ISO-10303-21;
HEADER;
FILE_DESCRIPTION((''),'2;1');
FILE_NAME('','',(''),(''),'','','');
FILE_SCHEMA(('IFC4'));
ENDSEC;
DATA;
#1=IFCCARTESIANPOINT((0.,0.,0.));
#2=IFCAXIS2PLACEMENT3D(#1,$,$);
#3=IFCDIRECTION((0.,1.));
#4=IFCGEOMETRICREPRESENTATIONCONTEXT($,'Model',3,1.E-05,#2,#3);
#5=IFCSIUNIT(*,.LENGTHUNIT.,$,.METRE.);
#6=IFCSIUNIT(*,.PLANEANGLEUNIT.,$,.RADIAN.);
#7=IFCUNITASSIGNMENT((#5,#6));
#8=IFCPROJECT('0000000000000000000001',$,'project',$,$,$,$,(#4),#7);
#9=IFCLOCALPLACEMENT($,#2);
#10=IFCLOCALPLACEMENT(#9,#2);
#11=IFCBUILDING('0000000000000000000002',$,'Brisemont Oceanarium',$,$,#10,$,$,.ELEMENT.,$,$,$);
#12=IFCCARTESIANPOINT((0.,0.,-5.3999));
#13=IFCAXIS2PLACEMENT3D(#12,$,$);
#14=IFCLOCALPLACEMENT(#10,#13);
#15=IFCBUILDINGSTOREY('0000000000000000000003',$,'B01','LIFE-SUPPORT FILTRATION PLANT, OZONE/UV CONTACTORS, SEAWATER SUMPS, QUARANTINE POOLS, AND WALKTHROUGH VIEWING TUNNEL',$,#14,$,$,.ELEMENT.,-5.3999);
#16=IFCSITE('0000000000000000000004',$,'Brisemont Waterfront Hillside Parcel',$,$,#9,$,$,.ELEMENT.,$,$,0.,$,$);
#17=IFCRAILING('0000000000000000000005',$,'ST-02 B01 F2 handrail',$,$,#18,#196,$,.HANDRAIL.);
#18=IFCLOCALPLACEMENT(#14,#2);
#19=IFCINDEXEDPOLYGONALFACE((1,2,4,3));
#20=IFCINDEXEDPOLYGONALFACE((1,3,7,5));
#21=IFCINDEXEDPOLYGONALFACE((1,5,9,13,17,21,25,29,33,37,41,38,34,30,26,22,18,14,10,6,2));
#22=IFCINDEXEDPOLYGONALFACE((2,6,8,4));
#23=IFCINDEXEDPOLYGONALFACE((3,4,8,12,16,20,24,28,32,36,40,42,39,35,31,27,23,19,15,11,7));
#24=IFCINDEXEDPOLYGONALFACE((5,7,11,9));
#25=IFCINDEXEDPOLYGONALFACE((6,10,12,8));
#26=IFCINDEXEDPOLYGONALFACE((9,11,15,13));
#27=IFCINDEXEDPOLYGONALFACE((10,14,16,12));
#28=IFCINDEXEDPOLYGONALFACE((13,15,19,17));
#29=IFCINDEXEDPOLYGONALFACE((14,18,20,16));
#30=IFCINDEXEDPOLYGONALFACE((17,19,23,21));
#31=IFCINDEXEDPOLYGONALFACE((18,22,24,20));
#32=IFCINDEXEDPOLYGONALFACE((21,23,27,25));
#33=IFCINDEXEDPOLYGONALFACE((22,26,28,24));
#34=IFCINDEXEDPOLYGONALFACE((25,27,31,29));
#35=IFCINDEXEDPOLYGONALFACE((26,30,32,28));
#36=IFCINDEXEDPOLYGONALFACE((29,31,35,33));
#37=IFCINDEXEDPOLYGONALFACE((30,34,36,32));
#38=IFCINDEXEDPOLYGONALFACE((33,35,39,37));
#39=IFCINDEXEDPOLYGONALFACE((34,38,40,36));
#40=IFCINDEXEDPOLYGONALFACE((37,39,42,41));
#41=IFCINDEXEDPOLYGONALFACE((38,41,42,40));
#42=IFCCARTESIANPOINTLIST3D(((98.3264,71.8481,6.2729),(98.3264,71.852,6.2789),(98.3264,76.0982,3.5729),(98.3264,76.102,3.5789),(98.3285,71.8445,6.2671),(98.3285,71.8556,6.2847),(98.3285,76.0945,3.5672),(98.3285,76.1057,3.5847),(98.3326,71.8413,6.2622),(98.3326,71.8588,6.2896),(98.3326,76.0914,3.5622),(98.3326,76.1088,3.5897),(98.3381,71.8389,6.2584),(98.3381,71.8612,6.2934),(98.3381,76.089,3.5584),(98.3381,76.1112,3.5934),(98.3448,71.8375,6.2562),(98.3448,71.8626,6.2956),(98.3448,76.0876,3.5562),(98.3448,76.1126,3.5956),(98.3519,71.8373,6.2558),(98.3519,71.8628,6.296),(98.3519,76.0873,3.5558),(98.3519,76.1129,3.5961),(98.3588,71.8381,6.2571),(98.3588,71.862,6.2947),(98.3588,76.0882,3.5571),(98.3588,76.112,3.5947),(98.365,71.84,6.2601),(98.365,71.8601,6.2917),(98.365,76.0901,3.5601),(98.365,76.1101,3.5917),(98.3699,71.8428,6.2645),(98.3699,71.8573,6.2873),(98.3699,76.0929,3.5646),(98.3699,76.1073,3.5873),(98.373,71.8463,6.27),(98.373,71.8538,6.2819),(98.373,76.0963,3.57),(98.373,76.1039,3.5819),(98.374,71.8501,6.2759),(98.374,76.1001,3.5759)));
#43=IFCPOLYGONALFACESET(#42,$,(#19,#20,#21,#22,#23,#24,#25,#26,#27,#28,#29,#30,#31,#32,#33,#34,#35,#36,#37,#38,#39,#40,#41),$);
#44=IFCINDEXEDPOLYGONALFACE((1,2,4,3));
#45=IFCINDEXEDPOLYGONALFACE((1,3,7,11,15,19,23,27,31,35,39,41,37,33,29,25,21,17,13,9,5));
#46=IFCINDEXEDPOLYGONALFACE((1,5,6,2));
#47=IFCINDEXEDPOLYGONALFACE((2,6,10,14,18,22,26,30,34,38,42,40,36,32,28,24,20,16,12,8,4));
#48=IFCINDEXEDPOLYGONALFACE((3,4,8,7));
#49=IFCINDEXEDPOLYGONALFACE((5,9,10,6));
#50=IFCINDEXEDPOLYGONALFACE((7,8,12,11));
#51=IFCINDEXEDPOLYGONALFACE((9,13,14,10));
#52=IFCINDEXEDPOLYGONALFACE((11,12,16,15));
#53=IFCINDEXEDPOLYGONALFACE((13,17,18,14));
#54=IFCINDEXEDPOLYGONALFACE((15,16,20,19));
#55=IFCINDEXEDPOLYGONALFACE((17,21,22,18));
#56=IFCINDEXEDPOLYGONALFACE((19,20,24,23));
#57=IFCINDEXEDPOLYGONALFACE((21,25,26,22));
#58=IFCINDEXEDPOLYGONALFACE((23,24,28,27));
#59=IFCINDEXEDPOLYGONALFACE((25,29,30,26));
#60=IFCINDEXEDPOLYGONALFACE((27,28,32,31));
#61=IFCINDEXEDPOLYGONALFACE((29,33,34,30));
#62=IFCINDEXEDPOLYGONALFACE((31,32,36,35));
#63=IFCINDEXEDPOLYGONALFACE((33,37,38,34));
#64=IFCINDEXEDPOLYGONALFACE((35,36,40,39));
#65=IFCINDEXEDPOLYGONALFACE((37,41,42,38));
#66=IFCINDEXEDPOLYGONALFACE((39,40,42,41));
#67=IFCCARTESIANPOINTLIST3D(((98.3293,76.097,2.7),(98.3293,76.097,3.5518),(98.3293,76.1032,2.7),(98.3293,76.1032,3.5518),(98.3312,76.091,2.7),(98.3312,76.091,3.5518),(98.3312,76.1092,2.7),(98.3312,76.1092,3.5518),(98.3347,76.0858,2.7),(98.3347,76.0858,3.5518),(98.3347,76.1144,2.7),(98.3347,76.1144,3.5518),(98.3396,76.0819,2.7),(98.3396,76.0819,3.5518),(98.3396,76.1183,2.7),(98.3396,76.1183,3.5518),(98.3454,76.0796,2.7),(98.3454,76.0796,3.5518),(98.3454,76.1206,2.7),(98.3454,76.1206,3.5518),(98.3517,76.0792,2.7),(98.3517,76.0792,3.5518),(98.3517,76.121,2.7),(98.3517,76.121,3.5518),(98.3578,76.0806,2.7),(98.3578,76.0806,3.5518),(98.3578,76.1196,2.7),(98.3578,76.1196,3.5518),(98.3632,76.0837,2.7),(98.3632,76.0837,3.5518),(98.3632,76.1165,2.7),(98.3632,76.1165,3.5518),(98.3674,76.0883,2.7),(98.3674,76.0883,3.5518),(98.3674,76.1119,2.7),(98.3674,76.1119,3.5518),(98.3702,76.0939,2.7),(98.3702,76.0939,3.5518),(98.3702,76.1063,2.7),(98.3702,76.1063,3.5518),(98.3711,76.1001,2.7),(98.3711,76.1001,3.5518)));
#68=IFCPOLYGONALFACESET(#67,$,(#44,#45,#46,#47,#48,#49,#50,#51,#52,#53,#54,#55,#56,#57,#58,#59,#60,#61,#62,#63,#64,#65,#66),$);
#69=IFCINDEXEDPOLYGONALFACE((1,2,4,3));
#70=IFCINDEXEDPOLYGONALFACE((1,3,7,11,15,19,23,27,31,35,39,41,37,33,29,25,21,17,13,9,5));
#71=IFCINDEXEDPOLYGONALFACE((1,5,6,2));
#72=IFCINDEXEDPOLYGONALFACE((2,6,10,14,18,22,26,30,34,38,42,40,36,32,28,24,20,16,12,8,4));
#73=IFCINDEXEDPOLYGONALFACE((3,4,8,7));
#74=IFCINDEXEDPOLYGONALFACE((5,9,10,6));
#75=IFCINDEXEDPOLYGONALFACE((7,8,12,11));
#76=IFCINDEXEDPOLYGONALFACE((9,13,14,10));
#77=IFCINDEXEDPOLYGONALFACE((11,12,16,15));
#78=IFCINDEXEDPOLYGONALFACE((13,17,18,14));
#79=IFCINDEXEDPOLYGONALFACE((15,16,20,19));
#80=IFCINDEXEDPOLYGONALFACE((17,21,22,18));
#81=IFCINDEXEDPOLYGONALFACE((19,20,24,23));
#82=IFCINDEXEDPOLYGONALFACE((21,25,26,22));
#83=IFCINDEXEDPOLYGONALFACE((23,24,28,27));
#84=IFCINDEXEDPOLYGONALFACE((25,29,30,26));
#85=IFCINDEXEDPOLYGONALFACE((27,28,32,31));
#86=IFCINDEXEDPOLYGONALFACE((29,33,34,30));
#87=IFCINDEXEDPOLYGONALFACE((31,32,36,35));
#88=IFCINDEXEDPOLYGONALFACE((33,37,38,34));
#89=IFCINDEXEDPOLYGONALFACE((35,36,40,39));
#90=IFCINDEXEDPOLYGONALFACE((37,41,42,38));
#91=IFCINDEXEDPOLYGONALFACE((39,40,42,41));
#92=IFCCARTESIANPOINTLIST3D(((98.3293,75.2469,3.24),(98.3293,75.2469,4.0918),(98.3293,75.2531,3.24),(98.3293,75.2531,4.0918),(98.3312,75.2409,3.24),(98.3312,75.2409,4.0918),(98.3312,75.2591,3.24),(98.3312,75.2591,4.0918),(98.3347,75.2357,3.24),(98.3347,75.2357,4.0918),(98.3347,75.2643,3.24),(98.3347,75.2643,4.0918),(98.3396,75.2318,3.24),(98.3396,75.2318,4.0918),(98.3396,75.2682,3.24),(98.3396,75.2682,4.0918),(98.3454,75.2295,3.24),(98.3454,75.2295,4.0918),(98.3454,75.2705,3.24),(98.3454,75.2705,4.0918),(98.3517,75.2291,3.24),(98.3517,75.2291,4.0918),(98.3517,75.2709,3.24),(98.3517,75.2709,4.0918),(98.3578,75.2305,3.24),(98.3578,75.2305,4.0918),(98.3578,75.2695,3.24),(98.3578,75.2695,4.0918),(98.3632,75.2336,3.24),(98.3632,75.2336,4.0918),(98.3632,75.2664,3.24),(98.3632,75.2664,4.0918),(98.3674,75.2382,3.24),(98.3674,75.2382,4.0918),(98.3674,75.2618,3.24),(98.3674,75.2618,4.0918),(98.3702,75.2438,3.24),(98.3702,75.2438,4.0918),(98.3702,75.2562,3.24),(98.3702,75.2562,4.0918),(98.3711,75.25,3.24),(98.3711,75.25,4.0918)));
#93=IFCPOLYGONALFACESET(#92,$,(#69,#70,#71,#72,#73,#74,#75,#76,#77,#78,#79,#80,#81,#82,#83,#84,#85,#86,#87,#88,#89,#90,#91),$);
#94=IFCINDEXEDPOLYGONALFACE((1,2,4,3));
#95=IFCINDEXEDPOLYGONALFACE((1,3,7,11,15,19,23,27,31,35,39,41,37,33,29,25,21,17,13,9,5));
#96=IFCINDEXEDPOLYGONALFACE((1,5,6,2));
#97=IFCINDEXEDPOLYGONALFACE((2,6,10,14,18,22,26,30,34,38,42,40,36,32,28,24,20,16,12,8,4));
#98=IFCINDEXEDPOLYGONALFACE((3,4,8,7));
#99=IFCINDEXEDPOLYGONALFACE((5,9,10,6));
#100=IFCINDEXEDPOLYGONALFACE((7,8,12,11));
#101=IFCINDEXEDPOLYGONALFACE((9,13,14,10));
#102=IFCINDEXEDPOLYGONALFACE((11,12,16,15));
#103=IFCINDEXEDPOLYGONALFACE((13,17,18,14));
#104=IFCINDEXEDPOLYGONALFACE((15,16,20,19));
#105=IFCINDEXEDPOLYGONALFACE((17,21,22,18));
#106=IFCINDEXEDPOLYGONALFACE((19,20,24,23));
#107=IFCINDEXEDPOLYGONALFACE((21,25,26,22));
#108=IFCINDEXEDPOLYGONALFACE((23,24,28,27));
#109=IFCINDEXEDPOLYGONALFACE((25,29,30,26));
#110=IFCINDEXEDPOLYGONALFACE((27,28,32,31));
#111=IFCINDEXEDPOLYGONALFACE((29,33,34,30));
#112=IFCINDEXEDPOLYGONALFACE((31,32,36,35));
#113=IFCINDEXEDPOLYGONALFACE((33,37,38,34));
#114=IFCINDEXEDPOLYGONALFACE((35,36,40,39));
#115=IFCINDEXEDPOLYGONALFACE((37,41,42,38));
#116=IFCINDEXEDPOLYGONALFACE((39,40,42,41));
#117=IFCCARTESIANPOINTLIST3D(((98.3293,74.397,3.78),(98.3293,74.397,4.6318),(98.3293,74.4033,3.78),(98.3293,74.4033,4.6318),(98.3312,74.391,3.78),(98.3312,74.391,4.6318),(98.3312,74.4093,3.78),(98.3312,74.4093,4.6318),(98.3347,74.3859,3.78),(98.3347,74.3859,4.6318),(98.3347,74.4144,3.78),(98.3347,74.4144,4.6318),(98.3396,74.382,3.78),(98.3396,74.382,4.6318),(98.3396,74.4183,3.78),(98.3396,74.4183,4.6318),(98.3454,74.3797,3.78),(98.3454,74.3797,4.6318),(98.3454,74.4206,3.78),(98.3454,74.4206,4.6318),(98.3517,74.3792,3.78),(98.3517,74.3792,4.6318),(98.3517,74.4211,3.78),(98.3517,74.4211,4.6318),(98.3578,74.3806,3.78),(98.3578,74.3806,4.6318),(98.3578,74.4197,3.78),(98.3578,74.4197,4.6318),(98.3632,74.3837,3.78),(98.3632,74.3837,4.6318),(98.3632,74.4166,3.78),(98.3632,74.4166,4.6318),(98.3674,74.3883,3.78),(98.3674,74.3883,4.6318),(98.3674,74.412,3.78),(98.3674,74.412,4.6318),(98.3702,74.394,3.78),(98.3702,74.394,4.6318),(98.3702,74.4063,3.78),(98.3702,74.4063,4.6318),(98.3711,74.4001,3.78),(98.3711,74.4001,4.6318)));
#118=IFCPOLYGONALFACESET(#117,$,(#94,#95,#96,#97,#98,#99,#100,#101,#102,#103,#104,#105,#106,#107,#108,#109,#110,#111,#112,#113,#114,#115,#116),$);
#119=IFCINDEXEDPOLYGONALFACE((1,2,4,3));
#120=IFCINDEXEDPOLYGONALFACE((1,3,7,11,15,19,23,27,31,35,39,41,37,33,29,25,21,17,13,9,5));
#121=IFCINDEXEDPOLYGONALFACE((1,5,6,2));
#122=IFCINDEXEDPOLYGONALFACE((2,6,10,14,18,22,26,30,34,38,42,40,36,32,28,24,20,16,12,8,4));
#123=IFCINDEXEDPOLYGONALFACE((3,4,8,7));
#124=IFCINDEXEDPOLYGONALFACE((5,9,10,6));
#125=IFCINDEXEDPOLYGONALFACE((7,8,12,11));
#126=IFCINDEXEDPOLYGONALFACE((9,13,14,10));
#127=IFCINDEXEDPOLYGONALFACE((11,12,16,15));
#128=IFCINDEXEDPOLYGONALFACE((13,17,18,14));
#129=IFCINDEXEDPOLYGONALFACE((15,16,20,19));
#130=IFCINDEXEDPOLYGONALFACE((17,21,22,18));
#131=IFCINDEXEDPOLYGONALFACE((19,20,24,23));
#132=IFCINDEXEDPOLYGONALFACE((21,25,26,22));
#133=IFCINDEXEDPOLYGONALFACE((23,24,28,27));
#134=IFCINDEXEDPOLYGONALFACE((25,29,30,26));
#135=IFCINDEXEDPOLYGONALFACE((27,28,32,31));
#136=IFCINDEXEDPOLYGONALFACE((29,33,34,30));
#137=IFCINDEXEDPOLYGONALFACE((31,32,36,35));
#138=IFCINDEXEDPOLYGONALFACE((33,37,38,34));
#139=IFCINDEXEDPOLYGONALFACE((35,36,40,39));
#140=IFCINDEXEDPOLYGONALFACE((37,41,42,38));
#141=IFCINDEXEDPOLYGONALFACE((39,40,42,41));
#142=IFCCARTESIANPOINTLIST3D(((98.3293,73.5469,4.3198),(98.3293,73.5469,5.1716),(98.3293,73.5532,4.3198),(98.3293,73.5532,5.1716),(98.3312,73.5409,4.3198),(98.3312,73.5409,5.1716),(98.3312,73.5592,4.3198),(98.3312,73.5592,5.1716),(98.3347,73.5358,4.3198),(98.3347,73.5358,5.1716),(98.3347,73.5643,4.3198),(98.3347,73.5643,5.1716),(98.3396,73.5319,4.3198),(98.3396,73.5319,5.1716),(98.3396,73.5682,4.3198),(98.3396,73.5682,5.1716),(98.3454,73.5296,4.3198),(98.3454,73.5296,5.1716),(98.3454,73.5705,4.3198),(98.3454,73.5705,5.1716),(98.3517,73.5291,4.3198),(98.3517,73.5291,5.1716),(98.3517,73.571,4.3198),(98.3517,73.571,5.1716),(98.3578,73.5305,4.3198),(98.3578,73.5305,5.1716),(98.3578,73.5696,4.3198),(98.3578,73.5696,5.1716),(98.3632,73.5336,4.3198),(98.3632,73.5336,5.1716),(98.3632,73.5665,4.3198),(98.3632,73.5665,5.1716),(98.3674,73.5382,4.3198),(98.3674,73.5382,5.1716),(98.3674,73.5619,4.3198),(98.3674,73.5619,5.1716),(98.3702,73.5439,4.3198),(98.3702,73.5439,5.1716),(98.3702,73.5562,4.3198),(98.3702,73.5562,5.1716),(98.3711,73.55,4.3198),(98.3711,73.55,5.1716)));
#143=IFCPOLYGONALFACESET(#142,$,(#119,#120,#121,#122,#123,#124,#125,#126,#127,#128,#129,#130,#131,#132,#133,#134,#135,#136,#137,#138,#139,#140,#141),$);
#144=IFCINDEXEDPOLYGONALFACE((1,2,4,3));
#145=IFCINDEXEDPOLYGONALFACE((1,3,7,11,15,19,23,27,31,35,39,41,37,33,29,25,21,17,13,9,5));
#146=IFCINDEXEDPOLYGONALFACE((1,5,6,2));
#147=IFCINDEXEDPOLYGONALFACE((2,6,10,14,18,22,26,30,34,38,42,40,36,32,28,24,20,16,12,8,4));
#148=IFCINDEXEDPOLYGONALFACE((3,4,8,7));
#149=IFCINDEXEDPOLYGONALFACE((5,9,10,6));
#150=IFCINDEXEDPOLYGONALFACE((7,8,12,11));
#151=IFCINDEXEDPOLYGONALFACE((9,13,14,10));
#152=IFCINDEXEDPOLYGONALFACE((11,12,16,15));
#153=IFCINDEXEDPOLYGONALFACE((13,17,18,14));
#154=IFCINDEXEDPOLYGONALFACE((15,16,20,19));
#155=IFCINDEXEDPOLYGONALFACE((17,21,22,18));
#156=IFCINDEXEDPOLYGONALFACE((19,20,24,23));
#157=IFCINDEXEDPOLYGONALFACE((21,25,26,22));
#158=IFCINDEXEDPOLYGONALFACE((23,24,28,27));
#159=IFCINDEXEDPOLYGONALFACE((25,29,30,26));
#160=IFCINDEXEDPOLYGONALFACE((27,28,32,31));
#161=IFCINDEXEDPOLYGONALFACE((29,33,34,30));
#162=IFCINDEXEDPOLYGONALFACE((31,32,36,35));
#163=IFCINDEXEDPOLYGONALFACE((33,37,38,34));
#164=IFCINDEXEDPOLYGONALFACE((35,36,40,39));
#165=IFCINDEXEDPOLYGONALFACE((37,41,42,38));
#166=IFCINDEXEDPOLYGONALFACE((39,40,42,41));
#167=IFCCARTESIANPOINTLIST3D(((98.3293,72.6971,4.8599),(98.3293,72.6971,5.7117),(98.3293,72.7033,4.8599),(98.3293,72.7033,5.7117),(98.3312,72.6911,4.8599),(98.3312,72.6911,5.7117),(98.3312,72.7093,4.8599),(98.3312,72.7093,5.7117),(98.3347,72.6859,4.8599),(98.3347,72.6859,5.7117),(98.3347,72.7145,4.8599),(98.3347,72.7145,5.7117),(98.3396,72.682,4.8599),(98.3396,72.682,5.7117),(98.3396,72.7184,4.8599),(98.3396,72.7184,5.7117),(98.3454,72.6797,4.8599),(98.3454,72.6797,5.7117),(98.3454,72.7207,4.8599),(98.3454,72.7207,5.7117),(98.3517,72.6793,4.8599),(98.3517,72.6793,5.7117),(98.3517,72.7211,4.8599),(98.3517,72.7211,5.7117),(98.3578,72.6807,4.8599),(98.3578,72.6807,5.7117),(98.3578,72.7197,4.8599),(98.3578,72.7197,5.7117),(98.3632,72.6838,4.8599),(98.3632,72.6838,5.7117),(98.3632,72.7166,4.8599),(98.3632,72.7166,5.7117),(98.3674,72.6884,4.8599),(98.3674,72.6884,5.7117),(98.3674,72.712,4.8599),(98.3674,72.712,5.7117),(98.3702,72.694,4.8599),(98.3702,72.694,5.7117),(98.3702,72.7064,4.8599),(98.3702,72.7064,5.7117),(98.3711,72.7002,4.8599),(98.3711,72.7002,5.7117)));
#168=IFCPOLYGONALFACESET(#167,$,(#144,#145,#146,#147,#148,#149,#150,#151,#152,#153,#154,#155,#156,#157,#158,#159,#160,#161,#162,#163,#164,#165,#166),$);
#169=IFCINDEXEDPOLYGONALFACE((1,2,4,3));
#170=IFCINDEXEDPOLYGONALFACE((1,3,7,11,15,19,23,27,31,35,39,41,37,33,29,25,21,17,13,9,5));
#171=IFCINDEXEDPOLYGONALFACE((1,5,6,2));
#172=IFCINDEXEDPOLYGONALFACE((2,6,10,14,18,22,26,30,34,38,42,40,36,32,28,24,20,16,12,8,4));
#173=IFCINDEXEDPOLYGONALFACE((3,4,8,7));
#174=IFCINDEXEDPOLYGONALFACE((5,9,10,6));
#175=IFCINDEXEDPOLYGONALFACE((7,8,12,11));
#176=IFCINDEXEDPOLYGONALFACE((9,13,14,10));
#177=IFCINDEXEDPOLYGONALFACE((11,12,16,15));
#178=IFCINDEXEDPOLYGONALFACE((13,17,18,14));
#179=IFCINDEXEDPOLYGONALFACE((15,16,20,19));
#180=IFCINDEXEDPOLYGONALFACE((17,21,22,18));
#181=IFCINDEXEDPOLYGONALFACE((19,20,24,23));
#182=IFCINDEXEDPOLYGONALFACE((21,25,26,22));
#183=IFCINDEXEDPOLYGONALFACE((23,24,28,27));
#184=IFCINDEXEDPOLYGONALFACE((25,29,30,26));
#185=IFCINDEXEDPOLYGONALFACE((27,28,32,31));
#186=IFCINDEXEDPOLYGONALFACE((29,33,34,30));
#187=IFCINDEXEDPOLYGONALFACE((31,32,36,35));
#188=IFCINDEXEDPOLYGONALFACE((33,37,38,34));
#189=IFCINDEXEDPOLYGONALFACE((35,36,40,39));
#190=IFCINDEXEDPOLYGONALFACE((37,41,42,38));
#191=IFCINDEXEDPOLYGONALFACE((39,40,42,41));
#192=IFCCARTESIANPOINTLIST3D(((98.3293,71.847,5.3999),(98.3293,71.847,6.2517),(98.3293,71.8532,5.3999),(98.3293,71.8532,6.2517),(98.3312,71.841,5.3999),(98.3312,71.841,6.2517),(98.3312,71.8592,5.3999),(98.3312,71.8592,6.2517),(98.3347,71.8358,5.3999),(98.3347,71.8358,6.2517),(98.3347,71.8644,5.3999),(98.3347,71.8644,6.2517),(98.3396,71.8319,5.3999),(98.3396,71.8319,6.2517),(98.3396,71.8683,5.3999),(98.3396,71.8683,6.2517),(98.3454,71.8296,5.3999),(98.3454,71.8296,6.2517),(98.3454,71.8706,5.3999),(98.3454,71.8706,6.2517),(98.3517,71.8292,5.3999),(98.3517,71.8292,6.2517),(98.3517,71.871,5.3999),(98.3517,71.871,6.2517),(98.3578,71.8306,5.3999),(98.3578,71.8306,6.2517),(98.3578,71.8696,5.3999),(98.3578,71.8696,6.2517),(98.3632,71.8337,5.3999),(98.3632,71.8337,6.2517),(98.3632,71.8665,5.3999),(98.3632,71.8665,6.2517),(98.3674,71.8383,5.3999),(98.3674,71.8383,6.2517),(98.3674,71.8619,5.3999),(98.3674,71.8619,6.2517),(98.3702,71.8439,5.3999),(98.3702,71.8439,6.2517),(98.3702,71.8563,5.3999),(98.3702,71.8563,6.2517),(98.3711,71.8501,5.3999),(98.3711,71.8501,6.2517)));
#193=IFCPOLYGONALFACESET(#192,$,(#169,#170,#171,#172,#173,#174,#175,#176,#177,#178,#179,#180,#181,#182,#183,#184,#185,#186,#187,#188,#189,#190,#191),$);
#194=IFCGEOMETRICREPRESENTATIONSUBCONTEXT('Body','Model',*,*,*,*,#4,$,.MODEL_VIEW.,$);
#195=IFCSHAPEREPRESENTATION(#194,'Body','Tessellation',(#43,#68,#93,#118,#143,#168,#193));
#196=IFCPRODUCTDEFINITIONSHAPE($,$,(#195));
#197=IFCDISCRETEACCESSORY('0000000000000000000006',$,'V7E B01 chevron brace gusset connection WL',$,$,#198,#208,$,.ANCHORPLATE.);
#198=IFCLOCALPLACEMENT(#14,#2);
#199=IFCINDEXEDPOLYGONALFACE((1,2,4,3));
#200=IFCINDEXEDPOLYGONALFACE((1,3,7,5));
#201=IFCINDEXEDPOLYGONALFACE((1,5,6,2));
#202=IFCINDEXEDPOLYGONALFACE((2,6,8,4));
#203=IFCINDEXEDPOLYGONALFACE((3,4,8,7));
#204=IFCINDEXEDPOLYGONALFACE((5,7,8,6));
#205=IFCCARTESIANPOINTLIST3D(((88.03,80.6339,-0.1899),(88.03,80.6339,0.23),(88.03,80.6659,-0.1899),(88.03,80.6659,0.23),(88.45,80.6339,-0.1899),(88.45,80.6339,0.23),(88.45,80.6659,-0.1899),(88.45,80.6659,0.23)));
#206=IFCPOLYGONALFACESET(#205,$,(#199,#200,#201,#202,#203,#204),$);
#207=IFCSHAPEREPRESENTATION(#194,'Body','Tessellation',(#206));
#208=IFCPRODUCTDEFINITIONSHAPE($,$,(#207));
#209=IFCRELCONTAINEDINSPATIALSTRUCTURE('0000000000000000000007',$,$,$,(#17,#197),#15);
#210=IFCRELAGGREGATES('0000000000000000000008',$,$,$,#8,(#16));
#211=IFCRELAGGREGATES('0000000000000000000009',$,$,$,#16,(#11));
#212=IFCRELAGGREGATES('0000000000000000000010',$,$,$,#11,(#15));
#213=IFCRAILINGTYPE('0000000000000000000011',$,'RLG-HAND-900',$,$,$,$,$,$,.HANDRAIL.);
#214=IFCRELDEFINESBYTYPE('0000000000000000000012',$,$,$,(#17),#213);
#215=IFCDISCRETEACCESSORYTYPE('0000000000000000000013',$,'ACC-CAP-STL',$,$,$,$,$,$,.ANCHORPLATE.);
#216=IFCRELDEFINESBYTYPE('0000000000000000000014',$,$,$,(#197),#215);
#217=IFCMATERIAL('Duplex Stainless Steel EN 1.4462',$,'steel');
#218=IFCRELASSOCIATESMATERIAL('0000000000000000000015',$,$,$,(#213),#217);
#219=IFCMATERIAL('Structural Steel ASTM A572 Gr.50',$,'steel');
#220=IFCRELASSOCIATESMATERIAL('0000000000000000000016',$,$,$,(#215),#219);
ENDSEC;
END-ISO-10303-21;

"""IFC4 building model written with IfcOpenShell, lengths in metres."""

from ifc_helpers import new_model, si_unit, direction, frame, origin, origin_2d, place, context, subcontext, project, spatial, rectangle, circle, extrude, material, type_object, element, save


model = new_model("IFC4")

# Units and contexts
model_context = context("Model", 3, precision=1e-05, world=origin(), true_north=direction((0.0, 1.0)))
body_context = subcontext(model_context, "Body", "Model", "MODEL_VIEW")
ifc_project = project(units=[si_unit("LENGTHUNIT", "METRE"), si_unit("PLANEANGLEUNIT", "RADIAN")], contexts=[model_context])

# Site, building, storey
site_placement = place(None, origin())
site = spatial("IfcSite", under=ifc_project, at=site_placement, Name="Brisemont Waterfront Hillside Parcel", CompositionType="ELEMENT", RefElevation=0.0)
building_placement = place(site_placement, origin())
building = spatial("IfcBuilding", under=site, at=building_placement, Name="Brisemont Oceanarium", CompositionType="ELEMENT")
storey_placement = place(building_placement, frame((0.0, 0.0, -5.3999)))
storey = spatial("IfcBuildingStorey", under=building, at=storey_placement, Name="B01", Description="LIFE-SUPPORT FILTRATION PLANT, OZONE/UV CONTACTORS, SEAWATER SUMPS, QUARANTINE POOLS, AND WALKTHROUGH VIEWING TUNNEL", CompositionType="ELEMENT", Elevation=-5.3999)

# Railing
ifc_material_1 = material(Name="Duplex Stainless Steel EN 1.4462", Category="steel")
railing_type_1 = type_object("IfcRailingType", Name="RLG-HAND-900", PredefinedType="HANDRAIL", material=ifc_material_1)
railing_1_placement = place(storey_placement, frame((98.3501, 76.1001, 2.7)))
element("IfcRailing", 1, at=railing_1_placement, inside=storey, type_object=railing_type_1, Name="ST-02 B01 F2 handrail", PredefinedType="HANDRAIL", context=body_context, shape_type="SweptSolid", body=[
    extrude(circle(Radius=0.0239, at=origin_2d()), frame((0.0, 0.0, 0.876), z_axis=(0.0, -0.844075, 0.536226), x_axis=(1.0, 0.0, 0.0)), (0.0, 0.0, 1.0), 5.0352),
    extrude(circle(Radius=0.021, at=origin_2d()), origin(), (0.0, 0.0, 1.0), 0.8518),
    extrude(circle(Radius=0.021, at=origin_2d()), frame((0.0, -0.8501, 0.54)), (0.0, 0.0, 1.0), 0.8518),
    extrude(circle(Radius=0.021, at=origin_2d()), frame((0.0, -1.7, 1.0801)), (0.0, 0.0, 1.0), 0.8518),
    extrude(circle(Radius=0.021, at=origin_2d()), frame((0.0, -2.55, 1.6199)), (0.0, 0.0, 1.0), 0.8518),
    extrude(circle(Radius=0.021, at=origin_2d()), frame((0.0, -3.3999, 2.1599)), (0.0, 0.0, 1.0), 0.8518),
    extrude(circle(Radius=0.021, at=origin_2d()), frame((0.0, -4.25, 2.7)), (0.0, 0.0, 1.0), 0.8518),
])

# Discrete accessory
ifc_material_2 = material(Name="Structural Steel ASTM A572 Gr.50", Category="steel")
discrete_accessory_type = type_object("IfcDiscreteAccessoryType", Name="ACC-CAP-STL", PredefinedType="ANCHORPLATE", material=ifc_material_2)
for number, where, z_axis, x_axis, name in (
    (2, (88.24, 80.6499, -0.1899), (0.0, 0.0, 1.0), (1.0, 0.0, 0.0), "V7E B01 chevron brace gusset connection WL"),
):
    element("IfcDiscreteAccessory", number, at=place(storey_placement, frame(where, z_axis=z_axis, x_axis=x_axis)), inside=storey, type_object=discrete_accessory_type, Name=name, PredefinedType="ANCHORPLATE", context=body_context, shape_type="SweptSolid", body=[
        extrude(rectangle(XDim=0.4199, YDim=0.032, at=origin_2d()), origin(), (0.0, 0.0, 1.0), 0.4199),
    ])

save(model, "model.ifc")
